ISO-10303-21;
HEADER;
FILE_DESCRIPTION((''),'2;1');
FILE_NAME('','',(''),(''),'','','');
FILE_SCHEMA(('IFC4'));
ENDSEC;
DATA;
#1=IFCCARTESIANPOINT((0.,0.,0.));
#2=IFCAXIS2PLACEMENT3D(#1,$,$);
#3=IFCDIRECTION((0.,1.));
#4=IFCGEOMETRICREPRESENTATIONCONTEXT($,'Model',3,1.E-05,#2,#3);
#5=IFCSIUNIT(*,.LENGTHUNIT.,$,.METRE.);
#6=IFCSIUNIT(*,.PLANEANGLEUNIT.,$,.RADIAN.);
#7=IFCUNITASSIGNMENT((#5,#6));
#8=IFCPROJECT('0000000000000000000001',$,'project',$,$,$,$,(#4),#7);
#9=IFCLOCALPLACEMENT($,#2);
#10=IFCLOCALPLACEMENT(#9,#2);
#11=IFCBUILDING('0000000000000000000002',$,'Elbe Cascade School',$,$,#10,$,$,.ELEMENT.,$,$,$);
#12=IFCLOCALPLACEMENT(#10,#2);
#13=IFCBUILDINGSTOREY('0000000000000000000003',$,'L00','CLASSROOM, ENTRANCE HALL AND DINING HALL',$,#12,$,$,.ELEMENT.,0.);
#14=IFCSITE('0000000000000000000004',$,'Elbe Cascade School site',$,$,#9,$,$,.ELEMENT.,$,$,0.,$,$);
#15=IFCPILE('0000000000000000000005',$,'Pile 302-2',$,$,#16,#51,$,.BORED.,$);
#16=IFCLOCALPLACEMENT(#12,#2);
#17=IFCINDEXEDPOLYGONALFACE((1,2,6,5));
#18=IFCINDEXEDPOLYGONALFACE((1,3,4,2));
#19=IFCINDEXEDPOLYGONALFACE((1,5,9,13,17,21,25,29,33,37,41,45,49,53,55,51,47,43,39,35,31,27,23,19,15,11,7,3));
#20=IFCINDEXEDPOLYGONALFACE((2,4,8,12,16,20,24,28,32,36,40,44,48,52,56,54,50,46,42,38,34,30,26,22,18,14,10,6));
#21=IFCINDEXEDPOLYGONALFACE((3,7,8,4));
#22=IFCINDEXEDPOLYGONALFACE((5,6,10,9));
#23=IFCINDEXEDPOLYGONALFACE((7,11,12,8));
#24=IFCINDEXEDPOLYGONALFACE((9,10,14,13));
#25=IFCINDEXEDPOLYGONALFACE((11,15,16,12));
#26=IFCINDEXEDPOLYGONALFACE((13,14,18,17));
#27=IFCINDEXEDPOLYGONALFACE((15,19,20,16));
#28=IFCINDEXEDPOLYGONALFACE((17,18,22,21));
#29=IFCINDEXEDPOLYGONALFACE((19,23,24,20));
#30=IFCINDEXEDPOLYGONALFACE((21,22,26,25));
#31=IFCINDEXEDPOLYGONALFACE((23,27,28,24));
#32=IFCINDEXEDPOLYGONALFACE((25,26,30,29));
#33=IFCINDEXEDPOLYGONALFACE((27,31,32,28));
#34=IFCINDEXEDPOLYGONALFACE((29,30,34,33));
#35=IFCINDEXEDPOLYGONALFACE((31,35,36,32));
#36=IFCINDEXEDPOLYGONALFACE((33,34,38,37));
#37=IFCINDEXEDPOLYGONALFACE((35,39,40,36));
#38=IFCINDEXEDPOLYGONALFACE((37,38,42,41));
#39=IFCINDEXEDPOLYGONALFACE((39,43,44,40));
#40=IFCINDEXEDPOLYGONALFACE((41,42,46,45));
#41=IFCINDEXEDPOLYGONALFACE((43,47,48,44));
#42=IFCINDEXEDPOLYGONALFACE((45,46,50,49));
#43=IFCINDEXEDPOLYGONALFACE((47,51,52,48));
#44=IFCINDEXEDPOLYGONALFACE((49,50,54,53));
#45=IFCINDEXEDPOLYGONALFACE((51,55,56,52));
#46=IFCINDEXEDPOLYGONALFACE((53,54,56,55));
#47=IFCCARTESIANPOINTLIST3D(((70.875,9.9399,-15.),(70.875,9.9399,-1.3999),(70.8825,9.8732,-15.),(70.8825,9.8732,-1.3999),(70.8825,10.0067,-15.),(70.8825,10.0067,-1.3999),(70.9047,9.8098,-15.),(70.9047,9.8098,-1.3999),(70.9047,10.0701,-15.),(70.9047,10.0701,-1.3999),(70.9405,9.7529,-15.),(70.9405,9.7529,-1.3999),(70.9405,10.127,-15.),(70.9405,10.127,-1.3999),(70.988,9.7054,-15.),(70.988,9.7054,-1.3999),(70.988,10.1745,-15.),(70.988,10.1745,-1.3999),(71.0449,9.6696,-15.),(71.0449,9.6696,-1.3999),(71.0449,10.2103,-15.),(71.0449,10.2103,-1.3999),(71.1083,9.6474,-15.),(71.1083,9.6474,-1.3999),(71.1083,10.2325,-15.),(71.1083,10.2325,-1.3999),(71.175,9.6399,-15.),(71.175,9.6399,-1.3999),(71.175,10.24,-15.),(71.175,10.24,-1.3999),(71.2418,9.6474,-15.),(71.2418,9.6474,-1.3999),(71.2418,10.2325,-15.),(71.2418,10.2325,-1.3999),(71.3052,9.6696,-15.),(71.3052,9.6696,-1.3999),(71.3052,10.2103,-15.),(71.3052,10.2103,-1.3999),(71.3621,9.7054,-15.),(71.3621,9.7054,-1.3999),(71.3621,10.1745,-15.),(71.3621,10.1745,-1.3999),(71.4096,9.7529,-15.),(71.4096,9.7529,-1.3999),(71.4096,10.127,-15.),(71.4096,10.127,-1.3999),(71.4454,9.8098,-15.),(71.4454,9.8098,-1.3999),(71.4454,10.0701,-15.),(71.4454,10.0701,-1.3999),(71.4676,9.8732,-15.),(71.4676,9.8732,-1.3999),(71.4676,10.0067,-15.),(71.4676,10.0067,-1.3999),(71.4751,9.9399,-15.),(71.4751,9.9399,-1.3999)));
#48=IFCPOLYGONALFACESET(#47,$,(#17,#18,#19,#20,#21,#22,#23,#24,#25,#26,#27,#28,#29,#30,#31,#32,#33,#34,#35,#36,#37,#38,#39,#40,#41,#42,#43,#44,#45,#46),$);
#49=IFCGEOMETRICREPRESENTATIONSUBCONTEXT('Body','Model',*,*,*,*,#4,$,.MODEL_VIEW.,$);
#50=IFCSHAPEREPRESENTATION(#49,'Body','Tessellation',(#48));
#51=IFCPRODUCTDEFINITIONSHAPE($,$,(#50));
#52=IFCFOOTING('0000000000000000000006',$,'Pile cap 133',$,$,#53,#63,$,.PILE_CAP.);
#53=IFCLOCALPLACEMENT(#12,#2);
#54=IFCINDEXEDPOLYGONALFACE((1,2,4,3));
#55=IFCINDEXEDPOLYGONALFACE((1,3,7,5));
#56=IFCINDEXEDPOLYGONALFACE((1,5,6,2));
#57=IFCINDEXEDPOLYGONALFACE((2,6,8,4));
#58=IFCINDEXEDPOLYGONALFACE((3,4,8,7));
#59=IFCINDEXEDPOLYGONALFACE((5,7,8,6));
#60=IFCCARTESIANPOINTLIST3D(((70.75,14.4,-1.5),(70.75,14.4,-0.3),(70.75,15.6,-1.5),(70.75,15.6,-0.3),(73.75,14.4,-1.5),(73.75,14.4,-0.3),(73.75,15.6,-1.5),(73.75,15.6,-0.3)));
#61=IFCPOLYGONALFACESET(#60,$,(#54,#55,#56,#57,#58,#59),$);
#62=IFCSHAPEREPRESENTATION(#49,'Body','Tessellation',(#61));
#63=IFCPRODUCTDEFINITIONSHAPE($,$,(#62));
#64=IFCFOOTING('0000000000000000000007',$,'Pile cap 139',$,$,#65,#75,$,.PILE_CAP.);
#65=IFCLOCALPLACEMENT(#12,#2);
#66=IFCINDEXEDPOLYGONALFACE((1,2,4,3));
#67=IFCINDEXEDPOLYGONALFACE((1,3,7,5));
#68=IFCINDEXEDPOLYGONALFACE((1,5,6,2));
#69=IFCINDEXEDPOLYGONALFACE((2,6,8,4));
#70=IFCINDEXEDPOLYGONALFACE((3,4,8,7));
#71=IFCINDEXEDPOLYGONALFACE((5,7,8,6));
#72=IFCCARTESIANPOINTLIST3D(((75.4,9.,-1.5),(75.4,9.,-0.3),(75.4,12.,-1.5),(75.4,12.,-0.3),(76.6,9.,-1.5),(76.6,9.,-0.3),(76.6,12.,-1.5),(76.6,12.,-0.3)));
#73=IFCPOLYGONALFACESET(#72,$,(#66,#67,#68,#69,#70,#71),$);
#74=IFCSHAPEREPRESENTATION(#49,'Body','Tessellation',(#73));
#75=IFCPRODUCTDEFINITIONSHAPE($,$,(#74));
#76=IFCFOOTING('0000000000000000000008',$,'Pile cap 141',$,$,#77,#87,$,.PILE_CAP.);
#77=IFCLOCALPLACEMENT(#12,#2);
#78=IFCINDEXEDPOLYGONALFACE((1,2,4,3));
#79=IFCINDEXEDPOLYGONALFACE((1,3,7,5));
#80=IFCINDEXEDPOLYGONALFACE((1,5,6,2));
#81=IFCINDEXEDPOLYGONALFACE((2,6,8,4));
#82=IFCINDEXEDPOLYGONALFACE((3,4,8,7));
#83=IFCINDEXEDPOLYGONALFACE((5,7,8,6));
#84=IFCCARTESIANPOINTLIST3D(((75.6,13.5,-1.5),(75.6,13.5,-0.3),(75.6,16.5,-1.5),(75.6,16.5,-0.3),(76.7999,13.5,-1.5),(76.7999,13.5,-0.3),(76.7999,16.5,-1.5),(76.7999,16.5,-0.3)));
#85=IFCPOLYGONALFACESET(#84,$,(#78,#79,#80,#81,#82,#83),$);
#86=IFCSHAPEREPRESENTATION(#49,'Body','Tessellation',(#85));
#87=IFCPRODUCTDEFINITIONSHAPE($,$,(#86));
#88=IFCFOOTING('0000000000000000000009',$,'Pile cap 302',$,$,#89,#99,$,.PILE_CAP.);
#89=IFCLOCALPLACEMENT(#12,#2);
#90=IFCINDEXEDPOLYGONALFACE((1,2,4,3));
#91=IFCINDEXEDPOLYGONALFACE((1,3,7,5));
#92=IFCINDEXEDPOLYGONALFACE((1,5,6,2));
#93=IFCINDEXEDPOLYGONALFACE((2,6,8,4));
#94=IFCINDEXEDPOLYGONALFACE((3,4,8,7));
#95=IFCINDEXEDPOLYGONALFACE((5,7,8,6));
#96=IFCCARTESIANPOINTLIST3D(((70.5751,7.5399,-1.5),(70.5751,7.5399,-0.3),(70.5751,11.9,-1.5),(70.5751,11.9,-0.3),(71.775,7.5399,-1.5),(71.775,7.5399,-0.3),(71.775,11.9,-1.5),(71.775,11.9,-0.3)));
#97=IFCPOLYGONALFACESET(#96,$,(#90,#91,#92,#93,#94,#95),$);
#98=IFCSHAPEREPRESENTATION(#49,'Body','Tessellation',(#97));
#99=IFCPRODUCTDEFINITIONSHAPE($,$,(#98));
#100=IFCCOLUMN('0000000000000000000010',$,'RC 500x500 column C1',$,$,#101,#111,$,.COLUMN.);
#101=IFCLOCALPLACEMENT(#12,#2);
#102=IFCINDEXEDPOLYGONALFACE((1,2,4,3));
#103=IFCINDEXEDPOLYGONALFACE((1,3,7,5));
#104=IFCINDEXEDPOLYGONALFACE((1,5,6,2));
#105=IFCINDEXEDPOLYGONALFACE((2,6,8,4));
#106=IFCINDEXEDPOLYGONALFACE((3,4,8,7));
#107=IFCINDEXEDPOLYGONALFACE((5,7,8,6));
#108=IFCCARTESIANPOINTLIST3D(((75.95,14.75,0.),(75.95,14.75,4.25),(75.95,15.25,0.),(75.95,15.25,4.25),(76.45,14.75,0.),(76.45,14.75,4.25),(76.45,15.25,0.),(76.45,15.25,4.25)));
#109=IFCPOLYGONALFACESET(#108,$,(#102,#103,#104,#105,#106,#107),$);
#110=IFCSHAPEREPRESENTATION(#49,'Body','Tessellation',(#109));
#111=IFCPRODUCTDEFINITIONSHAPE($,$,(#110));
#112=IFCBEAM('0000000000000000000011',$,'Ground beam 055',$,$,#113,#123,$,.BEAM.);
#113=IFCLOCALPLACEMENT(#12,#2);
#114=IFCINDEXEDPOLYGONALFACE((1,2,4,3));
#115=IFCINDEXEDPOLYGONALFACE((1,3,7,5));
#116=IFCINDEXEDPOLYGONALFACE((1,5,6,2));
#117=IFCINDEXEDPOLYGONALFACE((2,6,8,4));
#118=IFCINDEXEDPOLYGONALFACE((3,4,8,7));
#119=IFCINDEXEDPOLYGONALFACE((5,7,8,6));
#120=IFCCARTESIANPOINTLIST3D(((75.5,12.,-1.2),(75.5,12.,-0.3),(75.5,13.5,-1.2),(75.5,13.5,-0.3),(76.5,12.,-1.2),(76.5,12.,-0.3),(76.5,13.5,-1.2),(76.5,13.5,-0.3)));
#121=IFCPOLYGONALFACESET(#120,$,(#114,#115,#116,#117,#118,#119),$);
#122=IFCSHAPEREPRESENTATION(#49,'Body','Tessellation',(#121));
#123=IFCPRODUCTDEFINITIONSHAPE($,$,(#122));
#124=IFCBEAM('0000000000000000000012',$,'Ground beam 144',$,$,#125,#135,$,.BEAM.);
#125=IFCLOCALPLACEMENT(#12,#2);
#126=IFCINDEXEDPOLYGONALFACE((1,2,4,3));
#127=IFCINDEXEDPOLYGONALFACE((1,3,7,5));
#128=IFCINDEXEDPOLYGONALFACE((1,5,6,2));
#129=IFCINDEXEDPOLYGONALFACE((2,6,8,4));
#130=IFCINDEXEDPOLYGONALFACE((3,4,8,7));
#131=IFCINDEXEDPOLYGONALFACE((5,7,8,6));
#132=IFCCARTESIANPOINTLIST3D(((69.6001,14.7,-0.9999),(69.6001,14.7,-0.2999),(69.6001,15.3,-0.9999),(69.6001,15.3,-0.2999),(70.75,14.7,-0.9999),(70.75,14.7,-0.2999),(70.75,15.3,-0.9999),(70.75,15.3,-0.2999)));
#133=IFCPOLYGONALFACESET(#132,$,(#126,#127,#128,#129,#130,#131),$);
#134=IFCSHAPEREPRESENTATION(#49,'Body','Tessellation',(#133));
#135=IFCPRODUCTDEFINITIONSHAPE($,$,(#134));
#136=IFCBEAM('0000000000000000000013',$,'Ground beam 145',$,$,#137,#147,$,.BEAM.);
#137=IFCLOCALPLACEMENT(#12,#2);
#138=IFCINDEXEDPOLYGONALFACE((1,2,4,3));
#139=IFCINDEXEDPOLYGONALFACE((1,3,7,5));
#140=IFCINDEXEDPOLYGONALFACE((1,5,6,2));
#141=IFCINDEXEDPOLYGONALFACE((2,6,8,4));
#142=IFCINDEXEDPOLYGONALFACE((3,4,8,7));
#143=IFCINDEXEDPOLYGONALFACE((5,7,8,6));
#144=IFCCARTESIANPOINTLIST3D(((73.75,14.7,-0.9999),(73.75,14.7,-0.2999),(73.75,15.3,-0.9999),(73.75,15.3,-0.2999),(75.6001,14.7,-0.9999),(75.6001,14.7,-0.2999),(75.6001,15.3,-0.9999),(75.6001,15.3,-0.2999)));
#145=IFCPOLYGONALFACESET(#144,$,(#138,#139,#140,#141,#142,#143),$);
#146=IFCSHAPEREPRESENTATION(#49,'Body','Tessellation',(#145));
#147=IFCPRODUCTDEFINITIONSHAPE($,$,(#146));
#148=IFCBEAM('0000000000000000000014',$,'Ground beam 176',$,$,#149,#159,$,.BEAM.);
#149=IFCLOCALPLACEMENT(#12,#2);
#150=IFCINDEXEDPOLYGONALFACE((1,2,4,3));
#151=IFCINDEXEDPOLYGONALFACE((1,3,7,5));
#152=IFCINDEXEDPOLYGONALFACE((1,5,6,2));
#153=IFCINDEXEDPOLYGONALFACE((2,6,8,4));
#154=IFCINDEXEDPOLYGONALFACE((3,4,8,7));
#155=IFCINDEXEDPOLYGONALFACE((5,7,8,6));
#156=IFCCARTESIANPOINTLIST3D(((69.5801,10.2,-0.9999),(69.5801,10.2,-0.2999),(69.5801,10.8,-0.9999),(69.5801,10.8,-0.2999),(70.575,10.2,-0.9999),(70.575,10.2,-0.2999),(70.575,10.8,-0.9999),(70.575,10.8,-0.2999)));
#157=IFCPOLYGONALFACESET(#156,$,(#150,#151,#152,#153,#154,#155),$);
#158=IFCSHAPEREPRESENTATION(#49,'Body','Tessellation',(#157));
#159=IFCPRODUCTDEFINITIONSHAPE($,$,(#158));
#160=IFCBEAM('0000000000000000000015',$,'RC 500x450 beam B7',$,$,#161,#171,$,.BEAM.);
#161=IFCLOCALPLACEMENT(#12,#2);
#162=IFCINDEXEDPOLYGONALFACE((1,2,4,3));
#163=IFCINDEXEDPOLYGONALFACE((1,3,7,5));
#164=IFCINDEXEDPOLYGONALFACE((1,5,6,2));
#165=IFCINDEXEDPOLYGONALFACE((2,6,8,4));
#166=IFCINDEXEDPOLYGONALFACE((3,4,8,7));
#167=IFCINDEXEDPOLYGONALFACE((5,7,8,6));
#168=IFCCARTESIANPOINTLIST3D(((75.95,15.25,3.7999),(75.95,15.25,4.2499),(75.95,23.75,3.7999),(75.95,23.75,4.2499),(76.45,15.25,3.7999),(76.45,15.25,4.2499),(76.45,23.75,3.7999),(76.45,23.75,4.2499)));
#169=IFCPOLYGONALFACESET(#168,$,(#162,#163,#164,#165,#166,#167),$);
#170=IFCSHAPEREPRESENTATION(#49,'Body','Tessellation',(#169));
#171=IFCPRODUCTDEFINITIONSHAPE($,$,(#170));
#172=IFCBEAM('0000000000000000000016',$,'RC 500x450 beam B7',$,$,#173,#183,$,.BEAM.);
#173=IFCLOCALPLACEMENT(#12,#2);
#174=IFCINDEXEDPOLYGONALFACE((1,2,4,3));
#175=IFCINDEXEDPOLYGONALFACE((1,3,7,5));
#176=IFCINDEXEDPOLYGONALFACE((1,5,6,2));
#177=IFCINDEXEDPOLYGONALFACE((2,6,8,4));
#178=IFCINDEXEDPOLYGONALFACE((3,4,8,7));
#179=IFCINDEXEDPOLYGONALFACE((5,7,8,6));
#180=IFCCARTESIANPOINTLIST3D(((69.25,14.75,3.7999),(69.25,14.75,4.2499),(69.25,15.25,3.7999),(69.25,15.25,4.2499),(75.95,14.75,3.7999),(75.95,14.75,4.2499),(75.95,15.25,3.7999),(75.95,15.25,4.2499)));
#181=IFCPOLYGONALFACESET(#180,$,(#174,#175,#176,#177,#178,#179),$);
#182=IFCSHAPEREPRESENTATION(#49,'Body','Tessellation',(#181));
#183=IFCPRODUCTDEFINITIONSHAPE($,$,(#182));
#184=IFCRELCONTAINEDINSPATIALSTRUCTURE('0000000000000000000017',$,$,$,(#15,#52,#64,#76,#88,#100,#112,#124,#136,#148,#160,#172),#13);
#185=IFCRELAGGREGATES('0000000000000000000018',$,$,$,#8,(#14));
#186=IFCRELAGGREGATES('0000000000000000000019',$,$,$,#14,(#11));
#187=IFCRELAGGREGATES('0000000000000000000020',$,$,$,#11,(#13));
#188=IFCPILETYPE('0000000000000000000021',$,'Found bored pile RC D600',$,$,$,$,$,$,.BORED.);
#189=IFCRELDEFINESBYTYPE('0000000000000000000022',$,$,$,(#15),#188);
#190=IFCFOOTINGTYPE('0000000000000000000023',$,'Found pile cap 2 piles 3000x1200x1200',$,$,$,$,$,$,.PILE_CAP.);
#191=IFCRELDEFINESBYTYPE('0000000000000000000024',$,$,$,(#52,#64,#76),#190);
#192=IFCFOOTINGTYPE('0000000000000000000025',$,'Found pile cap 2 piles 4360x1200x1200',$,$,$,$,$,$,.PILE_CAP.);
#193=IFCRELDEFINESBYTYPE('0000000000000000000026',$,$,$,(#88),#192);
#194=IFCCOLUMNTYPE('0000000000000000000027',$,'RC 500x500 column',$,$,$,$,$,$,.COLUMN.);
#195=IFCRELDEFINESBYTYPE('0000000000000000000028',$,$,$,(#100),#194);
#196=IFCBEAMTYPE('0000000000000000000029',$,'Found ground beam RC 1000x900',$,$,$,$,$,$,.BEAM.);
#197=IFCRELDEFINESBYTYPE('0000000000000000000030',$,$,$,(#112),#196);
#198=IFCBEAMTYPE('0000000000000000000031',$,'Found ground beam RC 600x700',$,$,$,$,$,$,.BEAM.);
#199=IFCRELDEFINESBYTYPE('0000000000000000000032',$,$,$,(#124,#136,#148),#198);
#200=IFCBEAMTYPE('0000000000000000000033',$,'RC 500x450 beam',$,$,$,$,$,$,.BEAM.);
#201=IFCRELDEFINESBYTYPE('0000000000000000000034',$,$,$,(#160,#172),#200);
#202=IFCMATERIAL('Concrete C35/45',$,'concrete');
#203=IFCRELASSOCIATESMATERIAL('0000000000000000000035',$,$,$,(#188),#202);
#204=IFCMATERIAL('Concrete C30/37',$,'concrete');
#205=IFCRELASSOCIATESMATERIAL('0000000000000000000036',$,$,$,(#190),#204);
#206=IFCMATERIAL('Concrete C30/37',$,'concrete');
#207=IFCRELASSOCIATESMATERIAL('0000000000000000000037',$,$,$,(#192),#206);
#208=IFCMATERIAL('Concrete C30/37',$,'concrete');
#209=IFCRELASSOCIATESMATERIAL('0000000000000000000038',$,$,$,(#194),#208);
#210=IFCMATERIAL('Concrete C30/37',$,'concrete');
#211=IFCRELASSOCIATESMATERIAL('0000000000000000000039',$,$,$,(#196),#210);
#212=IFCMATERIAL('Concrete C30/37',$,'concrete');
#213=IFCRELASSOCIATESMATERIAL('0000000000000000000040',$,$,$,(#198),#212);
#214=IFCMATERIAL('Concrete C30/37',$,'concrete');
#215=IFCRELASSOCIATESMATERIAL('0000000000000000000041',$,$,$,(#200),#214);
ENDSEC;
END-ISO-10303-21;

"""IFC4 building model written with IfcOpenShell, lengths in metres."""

from ifc_helpers import new_model, si_unit, direction, frame, origin, origin_2d, place, context, subcontext, project, spatial, rectangle, circle, extrude, material, material_profile, profile_set, type_object, element, save


model = new_model("IFC4")

# Units and contexts
model_context = context("Model", 3, precision=1e-05, world=origin(), true_north=direction((0.0, 1.0)))
body_context = subcontext(model_context, "Body", "Model", "MODEL_VIEW")
ifc_project = project(units=[si_unit("LENGTHUNIT", "METRE"), si_unit("PLANEANGLEUNIT", "RADIAN")], contexts=[model_context])

# Site, building, storey
site_placement = place(None, origin())
site = spatial("IfcSite", under=ifc_project, at=site_placement, Name="Elbe Cascade School site", CompositionType="ELEMENT", RefElevation=0.0)
building_placement = place(site_placement, origin())
building = spatial("IfcBuilding", under=site, at=building_placement, Name="Elbe Cascade School", CompositionType="ELEMENT")
storey_placement = place(building_placement, origin())
storey = spatial("IfcBuildingStorey", under=building, at=storey_placement, Name="L00", Description="CLASSROOM, ENTRANCE HALL AND DINING HALL", CompositionType="ELEMENT", Elevation=0.0)

# Pile
ifc_material_1 = material(Name="Concrete C35/45", Category="concrete")
ifc_material_profile_1 = material_profile(ifc_material_1, circle(Radius=0.3, at=origin_2d()), Name="RC D600")
ifc_profile_set_1 = profile_set([ifc_material_profile_1], Name="Concrete C35/45")
pile_type = type_object("IfcPileType", Name="Found bored pile RC D600", PredefinedType="BORED", material=ifc_profile_set_1)
for number, where, z_axis, x_axis, name in (
    (1, (71.175, 9.9399, -1.3999), (0.0, 0.0, -1.0), (1.0, 0.0, 0.0), "Pile 302-2"),
):
    element("IfcPile", number, at=place(storey_placement, frame(where, z_axis=z_axis, x_axis=x_axis)), inside=storey, type_object=pile_type, Name=name, PredefinedType="BORED", context=body_context, shape_type="SweptSolid", body=[
        extrude(circle(Radius=0.3, at=origin_2d()), origin(), (0.0, 0.0, 1.0), 13.6001),
    ])

# Footings
ifc_material_2 = material(Name="Concrete C30/37", Category="concrete")
footing_type_1 = type_object("IfcFootingType", Name="Found pile cap 2 piles 3000x1200x1200", PredefinedType="PILE_CAP", material=ifc_material_2)
footing_1_placement = place(storey_placement, frame((72.25, 15.0, -1.5), z_axis=(0.0, 0.0, 1.0), x_axis=(1.0, 0.0, 0.0)))
element("IfcFooting", 2, at=footing_1_placement, inside=storey, type_object=footing_type_1, Name="Pile cap 133", PredefinedType="PILE_CAP", context=body_context, shape_type="SweptSolid", body=[
    extrude(rectangle(XDim=3.0, YDim=1.2, at=origin_2d()), origin(), (0.0, 0.0, 1.0), 1.2),
])
for number, where, z_axis, x_axis, name in (
    (3, (76.0, 10.5, -1.5), (0.0, 0.0, 1.0), (1.0, 0.0, 0.0), "Pile cap 139"),
    (4, (76.2, 15.0, -1.5), (0.0, 0.0, 1.0), (1.0, 0.0, 0.0), "Pile cap 141"),
):
    element("IfcFooting", number, at=place(storey_placement, frame(where, z_axis=z_axis, x_axis=x_axis)), inside=storey, type_object=footing_type_1, Name=name, PredefinedType="PILE_CAP", context=body_context, shape_type="SweptSolid", body=[
        extrude(rectangle(XDim=1.2, YDim=3.0, at=origin_2d()), origin(), (0.0, 0.0, 1.0), 1.2),
    ])
ifc_material_3 = material(Name="Concrete C30/37", Category="concrete")
footing_type_2 = type_object("IfcFootingType", Name="Found pile cap 2 piles 4360x1200x1200", PredefinedType="PILE_CAP", material=ifc_material_3)
footing_2_placement = place(storey_placement, frame((71.175, 9.72, -1.5), z_axis=(0.0, 0.0, 1.0), x_axis=(1.0, 0.0, 0.0)))
element("IfcFooting", 5, at=footing_2_placement, inside=storey, type_object=footing_type_2, Name="Pile cap 302", PredefinedType="PILE_CAP", context=body_context, shape_type="SweptSolid", body=[
    extrude(rectangle(XDim=1.2, YDim=4.3601, at=origin_2d()), origin(), (0.0, 0.0, 1.0), 1.2),
])

# Column
ifc_material_4 = material(Name="Concrete C30/37", Category="concrete")
ifc_material_profile_2 = material_profile(ifc_material_4, rectangle(XDim=0.5, YDim=0.5, at=origin_2d()), Name="RC 500x500")
ifc_profile_set_2 = profile_set([ifc_material_profile_2], Name="Concrete C30/37")
column_type = type_object("IfcColumnType", Name="RC 500x500 column", PredefinedType="COLUMN", material=ifc_profile_set_2)
column_placement = place(storey_placement, frame((76.2, 15.0, 0.0), z_axis=(0.0, 0.0, 1.0), x_axis=(1.0, 0.0, 0.0)))
element("IfcColumn", 6, at=column_placement, inside=storey, type_object=column_type, Name="RC 500x500 column C1", PredefinedType="COLUMN", context=body_context, shape_type="SweptSolid", body=[
    extrude(rectangle(XDim=0.5, YDim=0.5, at=origin_2d()), origin(), (0.0, 0.0, 1.0), 4.25),
])

# Beams
ifc_material_5 = material(Name="Concrete C30/37", Category="concrete")
ifc_material_profile_3 = material_profile(ifc_material_5, rectangle(XDim=1.0, YDim=0.8999, at=origin_2d()), Name="RC 1000x900")
ifc_profile_set_3 = profile_set([ifc_material_profile_3], Name="Concrete C30/37")
beam_type_1 = type_object("IfcBeamType", Name="Found ground beam RC 1000x900", PredefinedType="BEAM", material=ifc_profile_set_3)
beam_1_placement = place(storey_placement, frame((76.0, 12.0, -0.75), z_axis=(0.0, 1.0, 0.0), x_axis=(-1.0, 0.0, 0.0)))
element("IfcBeam", 7, at=beam_1_placement, inside=storey, type_object=beam_type_1, Name="Ground beam 055", PredefinedType="BEAM", context=body_context, shape_type="SweptSolid", body=[
    extrude(rectangle(XDim=1.0, YDim=0.8999, at=origin_2d()), origin(), (0.0, 0.0, 1.0), 1.5),
])
ifc_material_6 = material(Name="Concrete C30/37", Category="concrete")
ifc_material_profile_4 = material_profile(ifc_material_6, rectangle(XDim=0.6001, YDim=0.7, at=origin_2d()), Name="RC 600x700")
ifc_profile_set_4 = profile_set([ifc_material_profile_4], Name="Concrete C30/37")
beam_type_2 = type_object("IfcBeamType", Name="Found ground beam RC 600x700", PredefinedType="BEAM", material=ifc_profile_set_4)
beam_2_placement = place(storey_placement, frame((69.6001, 15.0, -0.6499), z_axis=(1.0, 0.0, 0.0), x_axis=(0.0, 1.0, 0.0)))
element("IfcBeam", 8, at=beam_2_placement, inside=storey, type_object=beam_type_2, Name="Ground beam 144", PredefinedType="BEAM", context=body_context, shape_type="SweptSolid", body=[
    extrude(rectangle(XDim=0.6001, YDim=0.7, at=origin_2d()), origin(), (0.0, 0.0, 1.0), 1.1499),
])
beam_3_placement = place(storey_placement, frame((73.75, 15.0, -0.6499), z_axis=(1.0, 0.0, 0.0), x_axis=(0.0, 1.0, 0.0)))
element("IfcBeam", 9, at=beam_3_placement, inside=storey, type_object=beam_type_2, Name="Ground beam 145", PredefinedType="BEAM", context=body_context, shape_type="SweptSolid", body=[
    extrude(rectangle(XDim=0.6001, YDim=0.7, at=origin_2d()), origin(), (0.0, 0.0, 1.0), 1.8501),
])
beam_4_placement = place(storey_placement, frame((69.5801, 10.5, -0.6499), z_axis=(1.0, 0.0, 0.0), x_axis=(0.0, 1.0, 0.0)))
element("IfcBeam", 10, at=beam_4_placement, inside=storey, type_object=beam_type_2, Name="Ground beam 176", PredefinedType="BEAM", context=body_context, shape_type="SweptSolid", body=[
    extrude(rectangle(XDim=0.6001, YDim=0.7, at=origin_2d()), origin(), (0.0, 0.0, 1.0), 0.9949),
])
ifc_material_7 = material(Name="Concrete C30/37", Category="concrete")
ifc_material_profile_5 = material_profile(ifc_material_7, rectangle(XDim=0.5, YDim=0.45, at=origin_2d()), Name="RC 500x450")
ifc_profile_set_5 = profile_set([ifc_material_profile_5], Name="Concrete C30/37")
beam_type_3 = type_object("IfcBeamType", Name="RC 500x450 beam", PredefinedType="BEAM", material=ifc_profile_set_5)
beam_5_placement = place(storey_placement, frame((76.2, 15.25, 4.0249), z_axis=(0.0, 1.0, 0.0), x_axis=(-1.0, 0.0, 0.0)))
element("IfcBeam", 11, at=beam_5_placement, inside=storey, type_object=beam_type_3, Name="RC 500x450 beam B7", PredefinedType="BEAM", context=body_context, shape_type="SweptSolid", body=[
    extrude(rectangle(XDim=0.5, YDim=0.45, at=origin_2d()), origin(), (0.0, 0.0, 1.0), 8.5),
])
beam_6_placement = place(storey_placement, frame((69.25, 15.0, 4.0249), z_axis=(1.0, 0.0, 0.0), x_axis=(0.0, 1.0, 0.0)))
element("IfcBeam", 12, at=beam_6_placement, inside=storey, type_object=beam_type_3, Name="RC 500x450 beam B7", PredefinedType="BEAM", context=body_context, shape_type="SweptSolid", body=[
    extrude(rectangle(XDim=0.5, YDim=0.45, at=origin_2d()), origin(), (0.0, 0.0, 1.0), 6.7),
])

save(model, "model.ifc")
